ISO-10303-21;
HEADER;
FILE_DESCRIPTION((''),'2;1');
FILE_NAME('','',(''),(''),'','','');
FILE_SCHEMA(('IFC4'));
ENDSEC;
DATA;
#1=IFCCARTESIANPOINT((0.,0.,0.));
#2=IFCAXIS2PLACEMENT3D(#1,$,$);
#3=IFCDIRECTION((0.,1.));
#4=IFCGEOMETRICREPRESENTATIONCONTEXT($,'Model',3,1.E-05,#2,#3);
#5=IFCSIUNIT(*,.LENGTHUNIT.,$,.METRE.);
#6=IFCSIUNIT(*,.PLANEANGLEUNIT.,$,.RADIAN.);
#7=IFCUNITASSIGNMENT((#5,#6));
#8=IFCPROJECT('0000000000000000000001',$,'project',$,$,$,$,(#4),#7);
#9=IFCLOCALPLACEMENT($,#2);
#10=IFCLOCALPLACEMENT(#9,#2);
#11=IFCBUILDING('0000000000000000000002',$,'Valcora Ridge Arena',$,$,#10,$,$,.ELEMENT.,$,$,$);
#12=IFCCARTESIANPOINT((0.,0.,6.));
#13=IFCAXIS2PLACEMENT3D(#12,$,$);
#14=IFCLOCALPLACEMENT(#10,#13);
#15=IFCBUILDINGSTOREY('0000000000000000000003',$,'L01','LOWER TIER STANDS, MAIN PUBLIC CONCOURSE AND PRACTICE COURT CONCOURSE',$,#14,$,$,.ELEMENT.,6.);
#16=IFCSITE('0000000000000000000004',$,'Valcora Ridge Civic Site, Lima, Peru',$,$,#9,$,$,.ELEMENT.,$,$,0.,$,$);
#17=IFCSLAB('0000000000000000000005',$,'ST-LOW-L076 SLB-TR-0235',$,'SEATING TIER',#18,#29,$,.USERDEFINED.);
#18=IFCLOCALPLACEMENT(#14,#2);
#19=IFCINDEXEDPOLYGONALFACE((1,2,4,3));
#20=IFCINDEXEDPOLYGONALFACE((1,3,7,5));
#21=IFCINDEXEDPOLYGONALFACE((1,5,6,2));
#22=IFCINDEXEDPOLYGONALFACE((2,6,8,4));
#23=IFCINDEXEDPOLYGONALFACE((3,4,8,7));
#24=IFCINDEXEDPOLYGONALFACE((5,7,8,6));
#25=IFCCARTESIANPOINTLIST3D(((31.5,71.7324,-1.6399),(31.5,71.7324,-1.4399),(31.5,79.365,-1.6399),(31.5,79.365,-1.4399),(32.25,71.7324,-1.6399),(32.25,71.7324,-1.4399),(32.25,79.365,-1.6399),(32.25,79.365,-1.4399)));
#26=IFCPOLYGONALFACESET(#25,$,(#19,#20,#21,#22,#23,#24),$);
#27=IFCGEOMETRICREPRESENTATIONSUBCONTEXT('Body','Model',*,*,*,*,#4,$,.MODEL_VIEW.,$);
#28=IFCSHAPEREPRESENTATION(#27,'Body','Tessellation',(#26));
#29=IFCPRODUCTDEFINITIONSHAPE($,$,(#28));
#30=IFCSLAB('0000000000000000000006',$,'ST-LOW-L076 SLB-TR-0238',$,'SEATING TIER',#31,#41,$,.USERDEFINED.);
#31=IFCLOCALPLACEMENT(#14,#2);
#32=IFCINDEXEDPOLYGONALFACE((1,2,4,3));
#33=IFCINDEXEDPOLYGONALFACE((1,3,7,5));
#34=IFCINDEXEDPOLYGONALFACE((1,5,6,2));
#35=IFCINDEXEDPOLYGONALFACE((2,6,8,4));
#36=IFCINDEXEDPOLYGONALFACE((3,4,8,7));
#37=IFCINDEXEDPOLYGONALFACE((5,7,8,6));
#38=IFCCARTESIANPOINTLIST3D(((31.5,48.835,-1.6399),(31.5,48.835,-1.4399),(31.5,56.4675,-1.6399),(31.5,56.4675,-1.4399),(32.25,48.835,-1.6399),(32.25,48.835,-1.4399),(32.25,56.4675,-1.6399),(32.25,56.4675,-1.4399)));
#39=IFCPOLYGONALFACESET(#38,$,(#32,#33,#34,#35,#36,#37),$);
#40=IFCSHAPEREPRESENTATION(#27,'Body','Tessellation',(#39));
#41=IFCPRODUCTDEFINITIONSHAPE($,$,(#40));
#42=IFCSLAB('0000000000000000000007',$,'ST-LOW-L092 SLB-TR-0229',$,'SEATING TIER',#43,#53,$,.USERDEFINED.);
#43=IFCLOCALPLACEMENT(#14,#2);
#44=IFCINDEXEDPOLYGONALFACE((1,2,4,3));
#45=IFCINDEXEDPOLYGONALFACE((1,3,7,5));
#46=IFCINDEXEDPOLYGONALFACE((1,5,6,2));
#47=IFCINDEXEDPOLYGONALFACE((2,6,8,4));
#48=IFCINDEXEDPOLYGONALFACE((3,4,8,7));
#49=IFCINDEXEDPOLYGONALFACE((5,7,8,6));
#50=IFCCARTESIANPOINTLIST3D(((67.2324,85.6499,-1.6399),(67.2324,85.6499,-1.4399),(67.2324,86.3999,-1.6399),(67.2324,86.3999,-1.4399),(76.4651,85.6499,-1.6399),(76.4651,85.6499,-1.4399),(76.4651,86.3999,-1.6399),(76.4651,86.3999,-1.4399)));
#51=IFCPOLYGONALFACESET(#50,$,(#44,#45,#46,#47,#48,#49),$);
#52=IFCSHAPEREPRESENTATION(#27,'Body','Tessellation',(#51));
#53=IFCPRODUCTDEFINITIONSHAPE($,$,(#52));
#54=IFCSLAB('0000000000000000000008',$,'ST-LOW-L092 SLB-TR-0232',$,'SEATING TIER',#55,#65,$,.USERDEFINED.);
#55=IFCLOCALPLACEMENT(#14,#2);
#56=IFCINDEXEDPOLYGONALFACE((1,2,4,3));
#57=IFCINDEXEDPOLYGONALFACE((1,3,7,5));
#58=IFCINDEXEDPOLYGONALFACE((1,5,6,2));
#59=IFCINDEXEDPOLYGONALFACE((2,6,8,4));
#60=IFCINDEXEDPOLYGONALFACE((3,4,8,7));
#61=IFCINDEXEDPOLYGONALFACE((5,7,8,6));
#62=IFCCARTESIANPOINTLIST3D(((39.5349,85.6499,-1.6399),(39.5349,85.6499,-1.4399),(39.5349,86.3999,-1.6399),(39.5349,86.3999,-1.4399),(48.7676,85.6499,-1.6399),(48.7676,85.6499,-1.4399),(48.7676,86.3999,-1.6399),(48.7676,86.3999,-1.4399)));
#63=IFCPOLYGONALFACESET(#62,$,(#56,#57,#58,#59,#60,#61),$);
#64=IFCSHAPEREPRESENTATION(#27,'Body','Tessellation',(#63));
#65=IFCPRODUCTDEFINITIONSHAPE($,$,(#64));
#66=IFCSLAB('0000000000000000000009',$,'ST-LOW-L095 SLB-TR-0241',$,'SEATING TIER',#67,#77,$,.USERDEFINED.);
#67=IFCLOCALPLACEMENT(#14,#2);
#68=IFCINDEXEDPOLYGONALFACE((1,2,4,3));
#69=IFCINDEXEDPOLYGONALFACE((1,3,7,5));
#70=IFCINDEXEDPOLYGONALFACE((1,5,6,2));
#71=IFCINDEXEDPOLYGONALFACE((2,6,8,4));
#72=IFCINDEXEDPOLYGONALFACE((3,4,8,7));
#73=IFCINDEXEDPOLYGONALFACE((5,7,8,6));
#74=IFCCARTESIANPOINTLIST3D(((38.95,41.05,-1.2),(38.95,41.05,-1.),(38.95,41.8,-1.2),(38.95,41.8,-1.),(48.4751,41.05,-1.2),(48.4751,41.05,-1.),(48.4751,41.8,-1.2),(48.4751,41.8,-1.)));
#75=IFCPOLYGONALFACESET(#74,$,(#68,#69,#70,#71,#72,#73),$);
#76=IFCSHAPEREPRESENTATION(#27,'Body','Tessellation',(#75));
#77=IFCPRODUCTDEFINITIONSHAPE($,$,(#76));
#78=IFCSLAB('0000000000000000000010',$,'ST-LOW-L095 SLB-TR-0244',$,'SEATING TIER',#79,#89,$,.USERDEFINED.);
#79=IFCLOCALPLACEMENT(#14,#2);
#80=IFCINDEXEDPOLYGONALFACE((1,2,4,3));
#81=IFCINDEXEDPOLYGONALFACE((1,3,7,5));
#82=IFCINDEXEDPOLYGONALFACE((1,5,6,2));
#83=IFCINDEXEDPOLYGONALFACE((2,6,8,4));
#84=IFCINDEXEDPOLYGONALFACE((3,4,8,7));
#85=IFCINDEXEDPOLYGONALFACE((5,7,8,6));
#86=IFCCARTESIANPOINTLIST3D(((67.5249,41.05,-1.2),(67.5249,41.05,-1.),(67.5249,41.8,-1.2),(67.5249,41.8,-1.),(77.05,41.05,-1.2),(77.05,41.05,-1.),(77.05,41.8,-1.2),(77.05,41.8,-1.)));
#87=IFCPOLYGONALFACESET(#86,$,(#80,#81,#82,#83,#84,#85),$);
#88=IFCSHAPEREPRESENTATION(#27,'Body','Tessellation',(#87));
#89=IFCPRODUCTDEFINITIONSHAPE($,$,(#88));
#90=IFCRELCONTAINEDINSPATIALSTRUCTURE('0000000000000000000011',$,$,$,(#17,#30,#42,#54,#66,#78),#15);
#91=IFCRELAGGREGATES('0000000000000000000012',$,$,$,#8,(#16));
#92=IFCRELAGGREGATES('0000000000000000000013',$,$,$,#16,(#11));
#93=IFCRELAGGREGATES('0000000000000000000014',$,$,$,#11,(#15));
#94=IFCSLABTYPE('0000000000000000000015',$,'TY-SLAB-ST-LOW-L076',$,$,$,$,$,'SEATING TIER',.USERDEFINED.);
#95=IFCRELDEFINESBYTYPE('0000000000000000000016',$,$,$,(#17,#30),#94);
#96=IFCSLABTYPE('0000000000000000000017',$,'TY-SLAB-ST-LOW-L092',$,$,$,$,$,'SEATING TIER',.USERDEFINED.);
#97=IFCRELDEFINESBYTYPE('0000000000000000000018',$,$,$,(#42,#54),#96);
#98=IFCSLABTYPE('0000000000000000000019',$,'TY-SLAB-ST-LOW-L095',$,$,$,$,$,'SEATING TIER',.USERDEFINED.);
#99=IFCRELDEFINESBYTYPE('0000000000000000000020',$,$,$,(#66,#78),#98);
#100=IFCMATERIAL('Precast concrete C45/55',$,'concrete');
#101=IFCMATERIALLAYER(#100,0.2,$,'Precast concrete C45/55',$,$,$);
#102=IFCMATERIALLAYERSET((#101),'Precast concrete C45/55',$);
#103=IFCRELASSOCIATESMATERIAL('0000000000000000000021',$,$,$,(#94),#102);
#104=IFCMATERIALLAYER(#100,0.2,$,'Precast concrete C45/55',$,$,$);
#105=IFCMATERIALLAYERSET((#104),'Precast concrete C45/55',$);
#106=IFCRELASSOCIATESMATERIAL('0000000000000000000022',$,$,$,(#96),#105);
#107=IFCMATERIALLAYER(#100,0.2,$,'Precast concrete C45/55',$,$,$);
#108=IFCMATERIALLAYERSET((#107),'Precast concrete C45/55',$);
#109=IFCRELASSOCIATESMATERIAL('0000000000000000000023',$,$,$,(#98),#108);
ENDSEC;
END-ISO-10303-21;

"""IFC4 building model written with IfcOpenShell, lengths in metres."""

from ifc_helpers import new_model, si_unit, direction, frame, origin, place, context, subcontext, project, spatial, polyline, outline, extrude, material, layer, layer_set, type_object, element, save


model = new_model("IFC4")

# Units and contexts
model_context = context("Model", 3, precision=1e-05, world=origin(), true_north=direction((0.0, 1.0)))
body_context = subcontext(model_context, "Body", "Model", "MODEL_VIEW")
ifc_project = project(units=[si_unit("LENGTHUNIT", "METRE"), si_unit("PLANEANGLEUNIT", "RADIAN")], contexts=[model_context])

# Site, building, storey
site_placement = place(None, origin())
site = spatial("IfcSite", under=ifc_project, at=site_placement, Name="Valcora Ridge Civic Site, Lima, Peru", CompositionType="ELEMENT", RefElevation=0.0)
building_placement = place(site_placement, origin())
building = spatial("IfcBuilding", under=site, at=building_placement, Name="Valcora Ridge Arena", CompositionType="ELEMENT")
storey_placement = place(building_placement, frame((0.0, 0.0, 6.0)))
storey = spatial("IfcBuildingStorey", under=building, at=storey_placement, Name="L01", Description="LOWER TIER STANDS, MAIN PUBLIC CONCOURSE AND PRACTICE COURT CONCOURSE", CompositionType="ELEMENT", Elevation=6.0)

# Slabs
ifc_material = material(Name="Precast concrete C45/55", Category="concrete")
ifc_layer_1 = layer(ifc_material, 0.2, Name="Precast concrete C45/55")
ifc_layer_set_1 = layer_set([ifc_layer_1], Name="Precast concrete C45/55")
slab_type_1 = type_object("IfcSlabType", Name="TY-SLAB-ST-LOW-L076", ElementType="SEATING TIER", PredefinedType="USERDEFINED", material=ifc_layer_set_1)
slab_1_placement = place(storey_placement, frame((0.0, 0.0, -1.6399)))
element("IfcSlab", 1, at=slab_1_placement, inside=storey, type_object=slab_type_1, Name="ST-LOW-L076 SLB-TR-0235", ObjectType="SEATING TIER", PredefinedType="USERDEFINED", context=body_context, shape_type="SweptSolid", body=[
    extrude(outline(polyline([(32.25, 79.365), (32.25, 71.7324), (31.5, 71.7324), (31.5, 79.365), (32.25, 79.365)])), origin(), (0.0, 0.0, 1.0), 0.2),
])
slab_2_placement = place(storey_placement, frame((0.0, 0.0, -1.6399)))
element("IfcSlab", 2, at=slab_2_placement, inside=storey, type_object=slab_type_1, Name="ST-LOW-L076 SLB-TR-0238", ObjectType="SEATING TIER", PredefinedType="USERDEFINED", context=body_context, shape_type="SweptSolid", body=[
    extrude(outline(polyline([(32.25, 56.4675), (32.25, 48.835), (31.5, 48.835), (31.5, 56.4675), (32.25, 56.4675)])), origin(), (0.0, 0.0, 1.0), 0.2),
])
ifc_layer_2 = layer(ifc_material, 0.2, Name="Precast concrete C45/55")
ifc_layer_set_2 = layer_set([ifc_layer_2], Name="Precast concrete C45/55")
slab_type_2 = type_object("IfcSlabType", Name="TY-SLAB-ST-LOW-L092", ElementType="SEATING TIER", PredefinedType="USERDEFINED", material=ifc_layer_set_2)
slab_3_placement = place(storey_placement, frame((0.0, 0.0, -1.6399)))
element("IfcSlab", 3, at=slab_3_placement, inside=storey, type_object=slab_type_2, Name="ST-LOW-L092 SLB-TR-0229", ObjectType="SEATING TIER", PredefinedType="USERDEFINED", context=body_context, shape_type="SweptSolid", body=[
    extrude(outline(polyline([(76.4651, 85.6499), (67.2324, 85.6499), (67.2324, 86.3999), (76.4651, 86.3999), (76.4651, 85.6499)])), origin(), (0.0, 0.0, 1.0), 0.2),
])
slab_4_placement = place(storey_placement, frame((0.0, 0.0, -1.6399)))
element("IfcSlab", 4, at=slab_4_placement, inside=storey, type_object=slab_type_2, Name="ST-LOW-L092 SLB-TR-0232", ObjectType="SEATING TIER", PredefinedType="USERDEFINED", context=body_context, shape_type="SweptSolid", body=[
    extrude(outline(polyline([(48.7676, 85.6499), (39.5349, 85.6499), (39.5349, 86.3999), (48.7676, 86.3999), (48.7676, 85.6499)])), origin(), (0.0, 0.0, 1.0), 0.2),
])
ifc_layer_3 = layer(ifc_material, 0.2, Name="Precast concrete C45/55")
ifc_layer_set_3 = layer_set([ifc_layer_3], Name="Precast concrete C45/55")
slab_type_3 = type_object("IfcSlabType", Name="TY-SLAB-ST-LOW-L095", ElementType="SEATING TIER", PredefinedType="USERDEFINED", material=ifc_layer_set_3)
slab_5_placement = place(storey_placement, frame((0.0, 0.0, -1.2)))
element("IfcSlab", 5, at=slab_5_placement, inside=storey, type_object=slab_type_3, Name="ST-LOW-L095 SLB-TR-0241", ObjectType="SEATING TIER", PredefinedType="USERDEFINED", context=body_context, shape_type="SweptSolid", body=[
    extrude(outline(polyline([(38.95, 41.8), (48.4751, 41.8), (48.4751, 41.05), (38.95, 41.05), (38.95, 41.8)])), origin(), (0.0, 0.0, 1.0), 0.2),
])
slab_6_placement = place(storey_placement, frame((0.0, 0.0, -1.2)))
element("IfcSlab", 6, at=slab_6_placement, inside=storey, type_object=slab_type_3, Name="ST-LOW-L095 SLB-TR-0244", ObjectType="SEATING TIER", PredefinedType="USERDEFINED", context=body_context, shape_type="SweptSolid", body=[
    extrude(outline(polyline([(67.5249, 41.8), (77.05, 41.8), (77.05, 41.05), (67.5249, 41.05), (67.5249, 41.8)])), origin(), (0.0, 0.0, 1.0), 0.2),
])

save(model, "model.ifc")
